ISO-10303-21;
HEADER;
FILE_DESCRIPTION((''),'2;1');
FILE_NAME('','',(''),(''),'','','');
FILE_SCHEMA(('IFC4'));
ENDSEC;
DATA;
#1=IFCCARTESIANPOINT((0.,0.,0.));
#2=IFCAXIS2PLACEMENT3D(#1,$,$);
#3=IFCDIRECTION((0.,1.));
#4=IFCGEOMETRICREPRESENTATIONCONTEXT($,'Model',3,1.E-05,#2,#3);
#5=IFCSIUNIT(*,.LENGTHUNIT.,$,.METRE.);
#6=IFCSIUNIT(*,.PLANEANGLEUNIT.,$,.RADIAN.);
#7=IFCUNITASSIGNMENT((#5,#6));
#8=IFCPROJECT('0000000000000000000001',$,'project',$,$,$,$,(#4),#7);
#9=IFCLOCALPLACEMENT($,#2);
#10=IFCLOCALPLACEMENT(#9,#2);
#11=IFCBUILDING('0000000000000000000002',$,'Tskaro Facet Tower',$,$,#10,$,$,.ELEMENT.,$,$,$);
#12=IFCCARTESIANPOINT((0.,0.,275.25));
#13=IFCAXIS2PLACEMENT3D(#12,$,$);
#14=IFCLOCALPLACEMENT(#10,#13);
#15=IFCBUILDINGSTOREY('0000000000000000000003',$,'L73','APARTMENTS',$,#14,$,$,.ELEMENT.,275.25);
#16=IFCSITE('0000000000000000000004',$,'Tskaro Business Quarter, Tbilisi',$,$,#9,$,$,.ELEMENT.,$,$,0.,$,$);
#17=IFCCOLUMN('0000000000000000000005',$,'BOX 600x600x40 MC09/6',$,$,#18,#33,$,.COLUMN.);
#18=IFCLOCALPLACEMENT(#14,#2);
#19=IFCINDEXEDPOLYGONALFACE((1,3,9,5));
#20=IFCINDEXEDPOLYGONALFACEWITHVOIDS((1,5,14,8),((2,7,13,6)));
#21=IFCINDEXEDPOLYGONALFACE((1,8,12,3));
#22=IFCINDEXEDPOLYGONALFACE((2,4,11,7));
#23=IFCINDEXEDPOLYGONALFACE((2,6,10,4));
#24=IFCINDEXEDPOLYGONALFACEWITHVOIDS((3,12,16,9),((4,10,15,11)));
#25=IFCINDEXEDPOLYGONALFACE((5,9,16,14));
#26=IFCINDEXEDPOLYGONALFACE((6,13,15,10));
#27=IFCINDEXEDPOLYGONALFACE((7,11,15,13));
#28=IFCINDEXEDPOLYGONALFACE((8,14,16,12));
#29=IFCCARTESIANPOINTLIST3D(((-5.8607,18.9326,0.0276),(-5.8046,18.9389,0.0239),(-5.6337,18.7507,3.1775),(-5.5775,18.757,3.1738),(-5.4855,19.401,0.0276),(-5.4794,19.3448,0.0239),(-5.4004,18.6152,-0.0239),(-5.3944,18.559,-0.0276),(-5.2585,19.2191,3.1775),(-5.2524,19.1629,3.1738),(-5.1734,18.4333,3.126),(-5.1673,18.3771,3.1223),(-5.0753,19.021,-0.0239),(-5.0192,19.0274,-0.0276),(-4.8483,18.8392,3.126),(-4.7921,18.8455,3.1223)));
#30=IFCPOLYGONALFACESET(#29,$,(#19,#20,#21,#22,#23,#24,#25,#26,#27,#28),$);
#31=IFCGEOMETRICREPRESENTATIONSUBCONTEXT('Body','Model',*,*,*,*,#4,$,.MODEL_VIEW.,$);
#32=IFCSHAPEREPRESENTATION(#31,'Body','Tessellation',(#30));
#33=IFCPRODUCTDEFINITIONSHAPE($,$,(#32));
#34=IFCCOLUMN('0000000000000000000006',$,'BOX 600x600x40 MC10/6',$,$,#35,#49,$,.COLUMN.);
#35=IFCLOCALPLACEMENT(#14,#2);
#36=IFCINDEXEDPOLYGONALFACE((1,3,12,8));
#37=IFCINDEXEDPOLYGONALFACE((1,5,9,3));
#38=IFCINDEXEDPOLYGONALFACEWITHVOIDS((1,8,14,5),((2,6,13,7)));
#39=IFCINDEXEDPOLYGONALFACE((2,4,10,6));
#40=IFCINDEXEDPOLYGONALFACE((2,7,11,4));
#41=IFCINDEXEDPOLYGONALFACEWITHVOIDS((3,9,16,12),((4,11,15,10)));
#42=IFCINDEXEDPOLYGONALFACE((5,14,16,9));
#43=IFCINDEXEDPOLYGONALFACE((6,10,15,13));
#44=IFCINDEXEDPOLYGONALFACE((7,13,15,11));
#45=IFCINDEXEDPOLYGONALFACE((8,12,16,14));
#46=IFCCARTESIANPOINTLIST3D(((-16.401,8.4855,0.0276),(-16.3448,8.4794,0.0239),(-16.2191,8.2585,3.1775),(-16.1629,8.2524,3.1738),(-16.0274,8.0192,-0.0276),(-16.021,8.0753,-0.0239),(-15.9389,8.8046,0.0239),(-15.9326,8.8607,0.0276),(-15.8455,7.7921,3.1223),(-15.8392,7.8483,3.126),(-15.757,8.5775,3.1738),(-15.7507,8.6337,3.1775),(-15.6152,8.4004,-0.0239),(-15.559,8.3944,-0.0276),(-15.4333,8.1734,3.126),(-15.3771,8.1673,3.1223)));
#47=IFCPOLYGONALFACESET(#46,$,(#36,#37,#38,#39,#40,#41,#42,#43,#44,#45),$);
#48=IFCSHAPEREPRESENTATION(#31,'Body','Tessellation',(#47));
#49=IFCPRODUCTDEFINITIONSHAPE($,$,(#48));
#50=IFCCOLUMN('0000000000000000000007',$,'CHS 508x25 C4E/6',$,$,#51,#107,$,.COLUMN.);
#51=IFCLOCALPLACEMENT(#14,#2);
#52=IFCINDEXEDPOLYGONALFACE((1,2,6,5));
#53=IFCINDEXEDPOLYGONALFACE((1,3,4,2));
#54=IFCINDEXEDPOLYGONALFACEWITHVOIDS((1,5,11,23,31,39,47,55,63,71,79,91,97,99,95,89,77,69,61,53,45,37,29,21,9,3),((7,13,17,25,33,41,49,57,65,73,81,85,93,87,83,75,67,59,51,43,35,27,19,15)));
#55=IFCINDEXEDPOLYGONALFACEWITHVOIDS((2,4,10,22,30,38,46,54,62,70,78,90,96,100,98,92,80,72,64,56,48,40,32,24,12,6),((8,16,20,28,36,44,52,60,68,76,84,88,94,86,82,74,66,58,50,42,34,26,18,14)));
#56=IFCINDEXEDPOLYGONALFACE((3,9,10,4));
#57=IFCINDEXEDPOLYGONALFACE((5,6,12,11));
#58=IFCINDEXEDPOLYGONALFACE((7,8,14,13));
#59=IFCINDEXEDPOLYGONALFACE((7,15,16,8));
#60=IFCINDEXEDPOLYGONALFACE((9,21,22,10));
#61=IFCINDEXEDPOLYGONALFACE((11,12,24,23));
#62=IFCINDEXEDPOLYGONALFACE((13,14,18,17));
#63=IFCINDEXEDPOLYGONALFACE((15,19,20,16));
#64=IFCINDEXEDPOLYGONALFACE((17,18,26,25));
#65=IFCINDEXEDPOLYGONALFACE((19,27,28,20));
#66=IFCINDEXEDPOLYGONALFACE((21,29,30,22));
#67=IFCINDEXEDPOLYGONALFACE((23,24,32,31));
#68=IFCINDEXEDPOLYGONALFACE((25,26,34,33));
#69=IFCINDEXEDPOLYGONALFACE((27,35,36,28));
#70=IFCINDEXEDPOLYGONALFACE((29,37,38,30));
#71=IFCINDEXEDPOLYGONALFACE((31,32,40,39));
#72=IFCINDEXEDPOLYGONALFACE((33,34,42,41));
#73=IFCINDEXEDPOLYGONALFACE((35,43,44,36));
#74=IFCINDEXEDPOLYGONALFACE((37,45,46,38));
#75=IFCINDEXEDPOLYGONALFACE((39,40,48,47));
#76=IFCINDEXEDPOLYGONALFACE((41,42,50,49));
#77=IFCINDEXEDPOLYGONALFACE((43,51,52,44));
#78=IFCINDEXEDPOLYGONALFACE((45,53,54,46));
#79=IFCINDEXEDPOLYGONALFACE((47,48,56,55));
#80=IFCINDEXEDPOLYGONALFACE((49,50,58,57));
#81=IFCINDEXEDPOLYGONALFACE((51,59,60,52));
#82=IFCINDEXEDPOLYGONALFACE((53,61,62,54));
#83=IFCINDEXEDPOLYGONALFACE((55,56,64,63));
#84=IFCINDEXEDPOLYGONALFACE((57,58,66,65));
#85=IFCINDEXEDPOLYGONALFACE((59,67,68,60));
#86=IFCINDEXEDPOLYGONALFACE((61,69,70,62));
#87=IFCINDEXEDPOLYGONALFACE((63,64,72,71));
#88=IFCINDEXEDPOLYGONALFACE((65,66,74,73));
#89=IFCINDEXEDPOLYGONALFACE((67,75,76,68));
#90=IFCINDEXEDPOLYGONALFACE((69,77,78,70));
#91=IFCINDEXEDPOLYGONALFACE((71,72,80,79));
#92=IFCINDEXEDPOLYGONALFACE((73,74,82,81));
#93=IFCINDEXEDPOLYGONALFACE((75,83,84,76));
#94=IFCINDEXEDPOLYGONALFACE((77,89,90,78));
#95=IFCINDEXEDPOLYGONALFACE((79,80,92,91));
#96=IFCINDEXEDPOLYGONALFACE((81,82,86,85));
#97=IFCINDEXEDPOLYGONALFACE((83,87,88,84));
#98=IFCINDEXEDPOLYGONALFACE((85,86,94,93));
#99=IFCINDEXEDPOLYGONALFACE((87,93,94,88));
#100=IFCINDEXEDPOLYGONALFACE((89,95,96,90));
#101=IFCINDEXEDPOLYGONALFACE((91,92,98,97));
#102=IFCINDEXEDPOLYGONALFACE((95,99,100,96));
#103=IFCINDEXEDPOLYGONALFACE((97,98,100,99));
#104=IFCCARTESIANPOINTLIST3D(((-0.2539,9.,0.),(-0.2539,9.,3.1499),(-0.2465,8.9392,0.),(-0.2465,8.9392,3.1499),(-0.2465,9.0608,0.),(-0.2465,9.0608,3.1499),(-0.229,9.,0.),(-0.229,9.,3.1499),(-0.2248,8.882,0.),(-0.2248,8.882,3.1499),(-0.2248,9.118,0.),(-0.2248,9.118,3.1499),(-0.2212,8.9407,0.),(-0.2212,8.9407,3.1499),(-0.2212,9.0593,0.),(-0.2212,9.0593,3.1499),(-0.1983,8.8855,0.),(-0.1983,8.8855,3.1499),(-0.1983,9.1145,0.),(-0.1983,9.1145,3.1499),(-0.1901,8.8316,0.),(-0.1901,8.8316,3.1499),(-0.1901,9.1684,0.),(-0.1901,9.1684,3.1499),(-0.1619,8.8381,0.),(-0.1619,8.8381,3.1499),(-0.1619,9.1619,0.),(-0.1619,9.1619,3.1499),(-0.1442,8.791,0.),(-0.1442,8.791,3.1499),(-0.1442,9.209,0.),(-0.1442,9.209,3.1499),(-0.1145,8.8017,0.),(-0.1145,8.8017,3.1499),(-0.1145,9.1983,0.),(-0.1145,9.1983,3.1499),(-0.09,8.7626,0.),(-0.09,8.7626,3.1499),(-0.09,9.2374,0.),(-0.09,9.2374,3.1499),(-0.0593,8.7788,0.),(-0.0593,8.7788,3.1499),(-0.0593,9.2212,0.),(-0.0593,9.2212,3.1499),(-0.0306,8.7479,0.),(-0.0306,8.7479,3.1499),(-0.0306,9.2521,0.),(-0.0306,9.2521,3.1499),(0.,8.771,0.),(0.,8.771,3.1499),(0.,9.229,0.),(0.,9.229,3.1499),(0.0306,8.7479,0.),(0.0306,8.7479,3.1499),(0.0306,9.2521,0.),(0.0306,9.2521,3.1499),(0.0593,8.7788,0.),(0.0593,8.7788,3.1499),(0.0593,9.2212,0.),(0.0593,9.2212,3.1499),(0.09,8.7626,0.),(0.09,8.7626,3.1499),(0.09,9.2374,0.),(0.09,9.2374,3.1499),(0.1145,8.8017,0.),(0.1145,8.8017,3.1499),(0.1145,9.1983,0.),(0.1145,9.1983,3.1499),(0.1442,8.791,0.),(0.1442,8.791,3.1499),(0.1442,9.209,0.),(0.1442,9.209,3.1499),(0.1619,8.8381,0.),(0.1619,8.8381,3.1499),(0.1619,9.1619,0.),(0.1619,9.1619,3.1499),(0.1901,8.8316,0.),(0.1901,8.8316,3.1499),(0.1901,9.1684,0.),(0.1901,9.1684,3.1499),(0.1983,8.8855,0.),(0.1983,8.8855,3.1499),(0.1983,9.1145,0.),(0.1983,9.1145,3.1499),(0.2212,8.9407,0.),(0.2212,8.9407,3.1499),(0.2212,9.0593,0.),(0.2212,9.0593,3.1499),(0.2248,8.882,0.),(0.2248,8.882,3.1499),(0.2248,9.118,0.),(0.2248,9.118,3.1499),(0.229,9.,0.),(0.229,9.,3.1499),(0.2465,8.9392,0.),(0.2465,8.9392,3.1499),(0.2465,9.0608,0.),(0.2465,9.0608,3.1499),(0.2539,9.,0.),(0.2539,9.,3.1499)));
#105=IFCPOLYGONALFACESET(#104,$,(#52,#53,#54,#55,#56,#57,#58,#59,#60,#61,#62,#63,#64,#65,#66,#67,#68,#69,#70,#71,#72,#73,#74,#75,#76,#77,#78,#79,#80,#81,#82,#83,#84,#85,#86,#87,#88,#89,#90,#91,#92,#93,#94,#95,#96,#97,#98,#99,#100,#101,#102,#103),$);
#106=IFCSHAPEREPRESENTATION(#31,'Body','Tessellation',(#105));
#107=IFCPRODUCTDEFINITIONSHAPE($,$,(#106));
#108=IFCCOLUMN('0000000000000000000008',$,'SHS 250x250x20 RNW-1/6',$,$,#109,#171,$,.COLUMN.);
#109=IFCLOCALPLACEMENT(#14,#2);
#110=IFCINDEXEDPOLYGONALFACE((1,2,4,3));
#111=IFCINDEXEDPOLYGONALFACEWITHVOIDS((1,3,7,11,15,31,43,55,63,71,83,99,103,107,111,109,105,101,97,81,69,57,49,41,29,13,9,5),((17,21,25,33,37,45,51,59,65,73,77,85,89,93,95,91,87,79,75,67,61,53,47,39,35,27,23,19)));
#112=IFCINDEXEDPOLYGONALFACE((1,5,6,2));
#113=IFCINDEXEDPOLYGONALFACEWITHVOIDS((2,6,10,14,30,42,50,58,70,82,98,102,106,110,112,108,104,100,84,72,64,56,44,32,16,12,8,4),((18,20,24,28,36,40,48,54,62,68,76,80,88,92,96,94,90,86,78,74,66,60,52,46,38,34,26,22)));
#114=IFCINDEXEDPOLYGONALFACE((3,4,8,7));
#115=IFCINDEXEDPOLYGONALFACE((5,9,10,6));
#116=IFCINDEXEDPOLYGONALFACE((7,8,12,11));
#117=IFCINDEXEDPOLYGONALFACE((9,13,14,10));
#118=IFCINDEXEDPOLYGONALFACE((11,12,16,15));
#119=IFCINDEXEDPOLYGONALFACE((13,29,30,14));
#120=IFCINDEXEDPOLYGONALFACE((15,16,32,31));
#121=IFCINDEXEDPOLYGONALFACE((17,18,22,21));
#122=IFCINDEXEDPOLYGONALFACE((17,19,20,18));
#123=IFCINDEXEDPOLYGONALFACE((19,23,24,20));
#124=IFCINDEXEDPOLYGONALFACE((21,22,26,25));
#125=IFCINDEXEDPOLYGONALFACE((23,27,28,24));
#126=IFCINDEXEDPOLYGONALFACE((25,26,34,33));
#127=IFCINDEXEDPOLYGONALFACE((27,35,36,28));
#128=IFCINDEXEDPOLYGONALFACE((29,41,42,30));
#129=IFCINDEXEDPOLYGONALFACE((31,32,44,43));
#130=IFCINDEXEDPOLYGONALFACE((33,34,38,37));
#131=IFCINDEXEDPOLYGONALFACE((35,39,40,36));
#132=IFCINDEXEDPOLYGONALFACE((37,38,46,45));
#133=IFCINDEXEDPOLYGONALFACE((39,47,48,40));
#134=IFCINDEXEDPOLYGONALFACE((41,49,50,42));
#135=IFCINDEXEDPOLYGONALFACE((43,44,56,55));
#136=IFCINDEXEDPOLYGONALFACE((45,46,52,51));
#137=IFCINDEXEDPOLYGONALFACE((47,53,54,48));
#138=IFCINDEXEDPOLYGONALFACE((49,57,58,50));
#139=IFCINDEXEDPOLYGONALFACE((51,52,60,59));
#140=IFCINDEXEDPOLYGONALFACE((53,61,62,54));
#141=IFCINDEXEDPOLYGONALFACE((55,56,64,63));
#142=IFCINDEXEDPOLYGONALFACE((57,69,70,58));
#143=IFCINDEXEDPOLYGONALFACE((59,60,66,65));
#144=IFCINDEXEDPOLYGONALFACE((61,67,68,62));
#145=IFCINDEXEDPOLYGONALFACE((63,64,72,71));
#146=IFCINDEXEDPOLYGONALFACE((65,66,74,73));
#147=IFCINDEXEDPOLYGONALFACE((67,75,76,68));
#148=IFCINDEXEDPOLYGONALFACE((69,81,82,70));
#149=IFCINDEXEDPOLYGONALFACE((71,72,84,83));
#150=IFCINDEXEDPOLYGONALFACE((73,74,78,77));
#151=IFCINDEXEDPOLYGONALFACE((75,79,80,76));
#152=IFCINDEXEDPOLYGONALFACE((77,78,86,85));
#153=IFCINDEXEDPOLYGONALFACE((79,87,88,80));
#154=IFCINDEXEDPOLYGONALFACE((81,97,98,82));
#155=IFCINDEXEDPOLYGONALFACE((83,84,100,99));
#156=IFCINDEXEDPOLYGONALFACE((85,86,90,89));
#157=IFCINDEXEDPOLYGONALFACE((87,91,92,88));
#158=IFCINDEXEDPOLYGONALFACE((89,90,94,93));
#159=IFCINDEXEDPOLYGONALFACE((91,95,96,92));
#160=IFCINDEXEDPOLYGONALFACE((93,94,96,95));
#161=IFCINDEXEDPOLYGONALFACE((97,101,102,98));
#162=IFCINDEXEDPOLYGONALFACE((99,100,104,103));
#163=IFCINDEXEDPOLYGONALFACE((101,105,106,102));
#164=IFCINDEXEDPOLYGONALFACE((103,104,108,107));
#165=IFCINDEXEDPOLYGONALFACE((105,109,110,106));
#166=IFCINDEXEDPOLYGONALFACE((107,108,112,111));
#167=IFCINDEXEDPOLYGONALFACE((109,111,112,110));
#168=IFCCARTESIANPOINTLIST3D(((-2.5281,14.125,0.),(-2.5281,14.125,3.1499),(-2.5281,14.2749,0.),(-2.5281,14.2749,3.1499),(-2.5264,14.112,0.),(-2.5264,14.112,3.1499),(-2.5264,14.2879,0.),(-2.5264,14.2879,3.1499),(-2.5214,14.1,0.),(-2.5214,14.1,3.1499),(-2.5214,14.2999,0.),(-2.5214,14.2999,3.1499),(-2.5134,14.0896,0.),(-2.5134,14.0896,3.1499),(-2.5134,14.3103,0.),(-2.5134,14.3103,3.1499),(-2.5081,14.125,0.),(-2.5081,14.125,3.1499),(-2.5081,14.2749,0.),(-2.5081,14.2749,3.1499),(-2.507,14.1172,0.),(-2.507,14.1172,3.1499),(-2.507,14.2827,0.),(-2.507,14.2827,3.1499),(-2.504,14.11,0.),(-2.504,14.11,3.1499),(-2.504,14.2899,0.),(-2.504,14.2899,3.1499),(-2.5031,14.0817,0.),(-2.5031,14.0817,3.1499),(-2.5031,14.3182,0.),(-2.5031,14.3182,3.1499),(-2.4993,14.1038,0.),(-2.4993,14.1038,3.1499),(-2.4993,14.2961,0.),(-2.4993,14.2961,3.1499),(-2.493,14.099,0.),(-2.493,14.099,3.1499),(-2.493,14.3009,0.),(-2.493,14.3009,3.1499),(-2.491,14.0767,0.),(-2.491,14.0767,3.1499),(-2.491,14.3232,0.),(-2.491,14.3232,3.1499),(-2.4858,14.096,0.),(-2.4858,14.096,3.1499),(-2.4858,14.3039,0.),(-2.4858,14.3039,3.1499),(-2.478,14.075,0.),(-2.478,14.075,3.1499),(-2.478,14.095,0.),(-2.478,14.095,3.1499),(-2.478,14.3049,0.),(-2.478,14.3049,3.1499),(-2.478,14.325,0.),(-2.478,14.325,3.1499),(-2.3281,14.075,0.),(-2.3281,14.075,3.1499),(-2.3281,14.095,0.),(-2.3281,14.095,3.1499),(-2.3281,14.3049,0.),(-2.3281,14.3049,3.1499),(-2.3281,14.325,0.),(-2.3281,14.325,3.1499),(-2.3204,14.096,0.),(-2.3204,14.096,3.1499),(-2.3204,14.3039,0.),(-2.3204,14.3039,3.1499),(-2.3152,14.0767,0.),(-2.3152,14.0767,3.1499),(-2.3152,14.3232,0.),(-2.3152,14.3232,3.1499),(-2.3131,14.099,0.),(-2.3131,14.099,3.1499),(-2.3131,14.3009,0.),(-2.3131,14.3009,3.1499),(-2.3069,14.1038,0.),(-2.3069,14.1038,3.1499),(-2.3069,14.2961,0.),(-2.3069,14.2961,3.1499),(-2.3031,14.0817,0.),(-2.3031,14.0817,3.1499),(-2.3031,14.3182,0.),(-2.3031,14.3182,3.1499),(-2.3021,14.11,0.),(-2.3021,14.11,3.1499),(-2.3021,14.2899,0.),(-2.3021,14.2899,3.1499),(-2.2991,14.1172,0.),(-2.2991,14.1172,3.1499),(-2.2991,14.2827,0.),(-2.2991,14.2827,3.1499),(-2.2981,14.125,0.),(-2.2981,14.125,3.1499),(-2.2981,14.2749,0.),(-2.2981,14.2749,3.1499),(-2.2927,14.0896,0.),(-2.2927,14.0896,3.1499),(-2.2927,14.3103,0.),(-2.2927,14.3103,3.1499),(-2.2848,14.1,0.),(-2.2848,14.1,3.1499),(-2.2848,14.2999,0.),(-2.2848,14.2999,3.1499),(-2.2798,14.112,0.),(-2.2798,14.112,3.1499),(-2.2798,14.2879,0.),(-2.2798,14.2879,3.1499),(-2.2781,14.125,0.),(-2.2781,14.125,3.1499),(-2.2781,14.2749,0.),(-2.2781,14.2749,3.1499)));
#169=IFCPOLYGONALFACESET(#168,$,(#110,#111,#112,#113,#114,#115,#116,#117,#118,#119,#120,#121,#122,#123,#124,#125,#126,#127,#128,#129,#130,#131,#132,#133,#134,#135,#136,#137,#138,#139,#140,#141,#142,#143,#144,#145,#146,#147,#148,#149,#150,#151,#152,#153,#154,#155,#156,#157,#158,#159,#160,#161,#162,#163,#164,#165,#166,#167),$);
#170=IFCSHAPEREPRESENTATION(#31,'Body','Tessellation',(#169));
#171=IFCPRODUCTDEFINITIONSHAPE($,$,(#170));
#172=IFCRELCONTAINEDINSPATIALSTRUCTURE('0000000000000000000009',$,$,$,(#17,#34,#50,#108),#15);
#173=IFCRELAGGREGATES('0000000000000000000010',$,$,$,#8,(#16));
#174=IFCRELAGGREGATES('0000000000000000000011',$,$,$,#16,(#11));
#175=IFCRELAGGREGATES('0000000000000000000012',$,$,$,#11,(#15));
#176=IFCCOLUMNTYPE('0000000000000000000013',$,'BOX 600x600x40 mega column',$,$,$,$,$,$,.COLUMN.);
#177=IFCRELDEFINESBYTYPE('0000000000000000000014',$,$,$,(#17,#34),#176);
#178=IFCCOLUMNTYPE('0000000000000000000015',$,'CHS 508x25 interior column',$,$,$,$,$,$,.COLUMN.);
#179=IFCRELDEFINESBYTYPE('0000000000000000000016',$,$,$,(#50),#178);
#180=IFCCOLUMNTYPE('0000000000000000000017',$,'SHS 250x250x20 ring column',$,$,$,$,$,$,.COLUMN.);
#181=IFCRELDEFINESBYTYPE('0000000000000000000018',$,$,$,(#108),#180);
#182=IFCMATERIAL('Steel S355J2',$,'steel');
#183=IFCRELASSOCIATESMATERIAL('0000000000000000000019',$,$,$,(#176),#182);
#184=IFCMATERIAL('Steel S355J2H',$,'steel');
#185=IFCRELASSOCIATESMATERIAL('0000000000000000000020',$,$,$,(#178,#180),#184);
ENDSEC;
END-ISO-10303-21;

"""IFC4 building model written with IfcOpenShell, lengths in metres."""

from ifc_helpers import new_model, si_unit, direction, frame, origin, origin_2d, place, context, subcontext, project, spatial, hollow_rectangle, hollow_circle, extrude, material, material_profile, profile_set, type_object, element, save


model = new_model("IFC4")

# Units and contexts
model_context = context("Model", 3, precision=1e-05, world=origin(), true_north=direction((0.0, 1.0)))
body_context = subcontext(model_context, "Body", "Model", "MODEL_VIEW")
ifc_project = project(units=[si_unit("LENGTHUNIT", "METRE"), si_unit("PLANEANGLEUNIT", "RADIAN")], contexts=[model_context])

# Site, building, storey
site_placement = place(None, origin())
site = spatial("IfcSite", under=ifc_project, at=site_placement, Name="Tskaro Business Quarter, Tbilisi", CompositionType="ELEMENT", RefElevation=0.0)
building_placement = place(site_placement, origin())
building = spatial("IfcBuilding", under=site, at=building_placement, Name="Tskaro Facet Tower", CompositionType="ELEMENT")
storey_placement = place(building_placement, frame((0.0, 0.0, 275.25)))
storey = spatial("IfcBuildingStorey", under=building, at=storey_placement, Name="L73", Description="APARTMENTS", CompositionType="ELEMENT", Elevation=275.25)

# Columns
ifc_material_1 = material(Name="Steel S355J2", Category="steel")
ifc_material_profile_1 = material_profile(ifc_material_1, hollow_rectangle(XDim=0.6001, YDim=0.6001, WallThickness=0.04, at=origin_2d()), Name="BOX 600x600x40")
ifc_profile_set_1 = profile_set([ifc_material_profile_1], Name="Steel S355J2")
column_type_1 = type_object("IfcColumnType", Name="BOX 600x600x40 mega column", PredefinedType="COLUMN", material=ifc_profile_set_1)
for number, where, z_axis, x_axis, name in (
    (1, (-5.4399, 18.98, 0.0), (0.071776, -0.057498, 0.995762), (0.625207, 0.780459, 0.0), "BOX 600x600x40 MC09/6"),
    (2, (-15.98, 8.4399, 0.0), (0.057498, -0.071776, 0.995762), (0.780459, 0.625207, 0.0), "BOX 600x600x40 MC10/6"),
):
    element("IfcColumn", number, at=place(storey_placement, frame(where, z_axis=z_axis, x_axis=x_axis)), inside=storey, type_object=column_type_1, Name=name, PredefinedType="COLUMN", context=body_context, shape_type="SweptSolid", body=[
        extrude(hollow_rectangle(XDim=0.6001, YDim=0.6001, WallThickness=0.04, at=origin_2d()), origin(), (0.0, 0.0, 1.0), 3.1633),
    ])
ifc_material_2 = material(Name="Steel S355J2H", Category="steel")
ifc_material_profile_2 = material_profile(ifc_material_2, hollow_circle(Radius=0.2539, WallThickness=0.0249, at=origin_2d()), Name="CHS 508x25")
ifc_profile_set_2 = profile_set([ifc_material_profile_2], Name="Steel S355J2H")
column_type_2 = type_object("IfcColumnType", Name="CHS 508x25 interior column", PredefinedType="COLUMN", material=ifc_profile_set_2)
column_placement = place(storey_placement, frame((0.0, 9.0, 0.0), z_axis=(0.0, 0.0, 1.0), x_axis=(1.0, 0.0, 0.0)))
element("IfcColumn", 3, at=column_placement, inside=storey, type_object=column_type_2, Name="CHS 508x25 C4E/6", PredefinedType="COLUMN", context=body_context, shape_type="SweptSolid", body=[
    extrude(hollow_circle(Radius=0.2539, WallThickness=0.0249, at=origin_2d()), origin(), (0.0, 0.0, 1.0), 3.1499),
])
ifc_material_profile_3 = material_profile(ifc_material_2, hollow_rectangle(XDim=0.25, YDim=0.25, WallThickness=0.02, InnerFilletRadius=0.03, OuterFilletRadius=0.05, at=origin_2d()), Name="SHS 250x250x20")
ifc_profile_set_3 = profile_set([ifc_material_profile_3], Name="Steel S355J2H")
column_type_3 = type_object("IfcColumnType", Name="SHS 250x250x20 ring column", PredefinedType="COLUMN", material=ifc_profile_set_3)
for number, where, z_axis, x_axis, name in (
    (4, (-2.4031, 14.2, 0.0), (0.0, 0.0, 1.0), (1.0, 0.0, 0.0), "SHS 250x250x20 RNW-1/6"),
):
    element("IfcColumn", number, at=place(storey_placement, frame(where, z_axis=z_axis, x_axis=x_axis)), inside=storey, type_object=column_type_3, Name=name, PredefinedType="COLUMN", context=body_context, shape_type="SweptSolid", body=[
        extrude(hollow_rectangle(XDim=0.25, YDim=0.25, WallThickness=0.02, InnerFilletRadius=0.03, OuterFilletRadius=0.05, at=origin_2d()), origin(), (0.0, 0.0, 1.0), 3.1499),
    ])

save(model, "model.ifc")
